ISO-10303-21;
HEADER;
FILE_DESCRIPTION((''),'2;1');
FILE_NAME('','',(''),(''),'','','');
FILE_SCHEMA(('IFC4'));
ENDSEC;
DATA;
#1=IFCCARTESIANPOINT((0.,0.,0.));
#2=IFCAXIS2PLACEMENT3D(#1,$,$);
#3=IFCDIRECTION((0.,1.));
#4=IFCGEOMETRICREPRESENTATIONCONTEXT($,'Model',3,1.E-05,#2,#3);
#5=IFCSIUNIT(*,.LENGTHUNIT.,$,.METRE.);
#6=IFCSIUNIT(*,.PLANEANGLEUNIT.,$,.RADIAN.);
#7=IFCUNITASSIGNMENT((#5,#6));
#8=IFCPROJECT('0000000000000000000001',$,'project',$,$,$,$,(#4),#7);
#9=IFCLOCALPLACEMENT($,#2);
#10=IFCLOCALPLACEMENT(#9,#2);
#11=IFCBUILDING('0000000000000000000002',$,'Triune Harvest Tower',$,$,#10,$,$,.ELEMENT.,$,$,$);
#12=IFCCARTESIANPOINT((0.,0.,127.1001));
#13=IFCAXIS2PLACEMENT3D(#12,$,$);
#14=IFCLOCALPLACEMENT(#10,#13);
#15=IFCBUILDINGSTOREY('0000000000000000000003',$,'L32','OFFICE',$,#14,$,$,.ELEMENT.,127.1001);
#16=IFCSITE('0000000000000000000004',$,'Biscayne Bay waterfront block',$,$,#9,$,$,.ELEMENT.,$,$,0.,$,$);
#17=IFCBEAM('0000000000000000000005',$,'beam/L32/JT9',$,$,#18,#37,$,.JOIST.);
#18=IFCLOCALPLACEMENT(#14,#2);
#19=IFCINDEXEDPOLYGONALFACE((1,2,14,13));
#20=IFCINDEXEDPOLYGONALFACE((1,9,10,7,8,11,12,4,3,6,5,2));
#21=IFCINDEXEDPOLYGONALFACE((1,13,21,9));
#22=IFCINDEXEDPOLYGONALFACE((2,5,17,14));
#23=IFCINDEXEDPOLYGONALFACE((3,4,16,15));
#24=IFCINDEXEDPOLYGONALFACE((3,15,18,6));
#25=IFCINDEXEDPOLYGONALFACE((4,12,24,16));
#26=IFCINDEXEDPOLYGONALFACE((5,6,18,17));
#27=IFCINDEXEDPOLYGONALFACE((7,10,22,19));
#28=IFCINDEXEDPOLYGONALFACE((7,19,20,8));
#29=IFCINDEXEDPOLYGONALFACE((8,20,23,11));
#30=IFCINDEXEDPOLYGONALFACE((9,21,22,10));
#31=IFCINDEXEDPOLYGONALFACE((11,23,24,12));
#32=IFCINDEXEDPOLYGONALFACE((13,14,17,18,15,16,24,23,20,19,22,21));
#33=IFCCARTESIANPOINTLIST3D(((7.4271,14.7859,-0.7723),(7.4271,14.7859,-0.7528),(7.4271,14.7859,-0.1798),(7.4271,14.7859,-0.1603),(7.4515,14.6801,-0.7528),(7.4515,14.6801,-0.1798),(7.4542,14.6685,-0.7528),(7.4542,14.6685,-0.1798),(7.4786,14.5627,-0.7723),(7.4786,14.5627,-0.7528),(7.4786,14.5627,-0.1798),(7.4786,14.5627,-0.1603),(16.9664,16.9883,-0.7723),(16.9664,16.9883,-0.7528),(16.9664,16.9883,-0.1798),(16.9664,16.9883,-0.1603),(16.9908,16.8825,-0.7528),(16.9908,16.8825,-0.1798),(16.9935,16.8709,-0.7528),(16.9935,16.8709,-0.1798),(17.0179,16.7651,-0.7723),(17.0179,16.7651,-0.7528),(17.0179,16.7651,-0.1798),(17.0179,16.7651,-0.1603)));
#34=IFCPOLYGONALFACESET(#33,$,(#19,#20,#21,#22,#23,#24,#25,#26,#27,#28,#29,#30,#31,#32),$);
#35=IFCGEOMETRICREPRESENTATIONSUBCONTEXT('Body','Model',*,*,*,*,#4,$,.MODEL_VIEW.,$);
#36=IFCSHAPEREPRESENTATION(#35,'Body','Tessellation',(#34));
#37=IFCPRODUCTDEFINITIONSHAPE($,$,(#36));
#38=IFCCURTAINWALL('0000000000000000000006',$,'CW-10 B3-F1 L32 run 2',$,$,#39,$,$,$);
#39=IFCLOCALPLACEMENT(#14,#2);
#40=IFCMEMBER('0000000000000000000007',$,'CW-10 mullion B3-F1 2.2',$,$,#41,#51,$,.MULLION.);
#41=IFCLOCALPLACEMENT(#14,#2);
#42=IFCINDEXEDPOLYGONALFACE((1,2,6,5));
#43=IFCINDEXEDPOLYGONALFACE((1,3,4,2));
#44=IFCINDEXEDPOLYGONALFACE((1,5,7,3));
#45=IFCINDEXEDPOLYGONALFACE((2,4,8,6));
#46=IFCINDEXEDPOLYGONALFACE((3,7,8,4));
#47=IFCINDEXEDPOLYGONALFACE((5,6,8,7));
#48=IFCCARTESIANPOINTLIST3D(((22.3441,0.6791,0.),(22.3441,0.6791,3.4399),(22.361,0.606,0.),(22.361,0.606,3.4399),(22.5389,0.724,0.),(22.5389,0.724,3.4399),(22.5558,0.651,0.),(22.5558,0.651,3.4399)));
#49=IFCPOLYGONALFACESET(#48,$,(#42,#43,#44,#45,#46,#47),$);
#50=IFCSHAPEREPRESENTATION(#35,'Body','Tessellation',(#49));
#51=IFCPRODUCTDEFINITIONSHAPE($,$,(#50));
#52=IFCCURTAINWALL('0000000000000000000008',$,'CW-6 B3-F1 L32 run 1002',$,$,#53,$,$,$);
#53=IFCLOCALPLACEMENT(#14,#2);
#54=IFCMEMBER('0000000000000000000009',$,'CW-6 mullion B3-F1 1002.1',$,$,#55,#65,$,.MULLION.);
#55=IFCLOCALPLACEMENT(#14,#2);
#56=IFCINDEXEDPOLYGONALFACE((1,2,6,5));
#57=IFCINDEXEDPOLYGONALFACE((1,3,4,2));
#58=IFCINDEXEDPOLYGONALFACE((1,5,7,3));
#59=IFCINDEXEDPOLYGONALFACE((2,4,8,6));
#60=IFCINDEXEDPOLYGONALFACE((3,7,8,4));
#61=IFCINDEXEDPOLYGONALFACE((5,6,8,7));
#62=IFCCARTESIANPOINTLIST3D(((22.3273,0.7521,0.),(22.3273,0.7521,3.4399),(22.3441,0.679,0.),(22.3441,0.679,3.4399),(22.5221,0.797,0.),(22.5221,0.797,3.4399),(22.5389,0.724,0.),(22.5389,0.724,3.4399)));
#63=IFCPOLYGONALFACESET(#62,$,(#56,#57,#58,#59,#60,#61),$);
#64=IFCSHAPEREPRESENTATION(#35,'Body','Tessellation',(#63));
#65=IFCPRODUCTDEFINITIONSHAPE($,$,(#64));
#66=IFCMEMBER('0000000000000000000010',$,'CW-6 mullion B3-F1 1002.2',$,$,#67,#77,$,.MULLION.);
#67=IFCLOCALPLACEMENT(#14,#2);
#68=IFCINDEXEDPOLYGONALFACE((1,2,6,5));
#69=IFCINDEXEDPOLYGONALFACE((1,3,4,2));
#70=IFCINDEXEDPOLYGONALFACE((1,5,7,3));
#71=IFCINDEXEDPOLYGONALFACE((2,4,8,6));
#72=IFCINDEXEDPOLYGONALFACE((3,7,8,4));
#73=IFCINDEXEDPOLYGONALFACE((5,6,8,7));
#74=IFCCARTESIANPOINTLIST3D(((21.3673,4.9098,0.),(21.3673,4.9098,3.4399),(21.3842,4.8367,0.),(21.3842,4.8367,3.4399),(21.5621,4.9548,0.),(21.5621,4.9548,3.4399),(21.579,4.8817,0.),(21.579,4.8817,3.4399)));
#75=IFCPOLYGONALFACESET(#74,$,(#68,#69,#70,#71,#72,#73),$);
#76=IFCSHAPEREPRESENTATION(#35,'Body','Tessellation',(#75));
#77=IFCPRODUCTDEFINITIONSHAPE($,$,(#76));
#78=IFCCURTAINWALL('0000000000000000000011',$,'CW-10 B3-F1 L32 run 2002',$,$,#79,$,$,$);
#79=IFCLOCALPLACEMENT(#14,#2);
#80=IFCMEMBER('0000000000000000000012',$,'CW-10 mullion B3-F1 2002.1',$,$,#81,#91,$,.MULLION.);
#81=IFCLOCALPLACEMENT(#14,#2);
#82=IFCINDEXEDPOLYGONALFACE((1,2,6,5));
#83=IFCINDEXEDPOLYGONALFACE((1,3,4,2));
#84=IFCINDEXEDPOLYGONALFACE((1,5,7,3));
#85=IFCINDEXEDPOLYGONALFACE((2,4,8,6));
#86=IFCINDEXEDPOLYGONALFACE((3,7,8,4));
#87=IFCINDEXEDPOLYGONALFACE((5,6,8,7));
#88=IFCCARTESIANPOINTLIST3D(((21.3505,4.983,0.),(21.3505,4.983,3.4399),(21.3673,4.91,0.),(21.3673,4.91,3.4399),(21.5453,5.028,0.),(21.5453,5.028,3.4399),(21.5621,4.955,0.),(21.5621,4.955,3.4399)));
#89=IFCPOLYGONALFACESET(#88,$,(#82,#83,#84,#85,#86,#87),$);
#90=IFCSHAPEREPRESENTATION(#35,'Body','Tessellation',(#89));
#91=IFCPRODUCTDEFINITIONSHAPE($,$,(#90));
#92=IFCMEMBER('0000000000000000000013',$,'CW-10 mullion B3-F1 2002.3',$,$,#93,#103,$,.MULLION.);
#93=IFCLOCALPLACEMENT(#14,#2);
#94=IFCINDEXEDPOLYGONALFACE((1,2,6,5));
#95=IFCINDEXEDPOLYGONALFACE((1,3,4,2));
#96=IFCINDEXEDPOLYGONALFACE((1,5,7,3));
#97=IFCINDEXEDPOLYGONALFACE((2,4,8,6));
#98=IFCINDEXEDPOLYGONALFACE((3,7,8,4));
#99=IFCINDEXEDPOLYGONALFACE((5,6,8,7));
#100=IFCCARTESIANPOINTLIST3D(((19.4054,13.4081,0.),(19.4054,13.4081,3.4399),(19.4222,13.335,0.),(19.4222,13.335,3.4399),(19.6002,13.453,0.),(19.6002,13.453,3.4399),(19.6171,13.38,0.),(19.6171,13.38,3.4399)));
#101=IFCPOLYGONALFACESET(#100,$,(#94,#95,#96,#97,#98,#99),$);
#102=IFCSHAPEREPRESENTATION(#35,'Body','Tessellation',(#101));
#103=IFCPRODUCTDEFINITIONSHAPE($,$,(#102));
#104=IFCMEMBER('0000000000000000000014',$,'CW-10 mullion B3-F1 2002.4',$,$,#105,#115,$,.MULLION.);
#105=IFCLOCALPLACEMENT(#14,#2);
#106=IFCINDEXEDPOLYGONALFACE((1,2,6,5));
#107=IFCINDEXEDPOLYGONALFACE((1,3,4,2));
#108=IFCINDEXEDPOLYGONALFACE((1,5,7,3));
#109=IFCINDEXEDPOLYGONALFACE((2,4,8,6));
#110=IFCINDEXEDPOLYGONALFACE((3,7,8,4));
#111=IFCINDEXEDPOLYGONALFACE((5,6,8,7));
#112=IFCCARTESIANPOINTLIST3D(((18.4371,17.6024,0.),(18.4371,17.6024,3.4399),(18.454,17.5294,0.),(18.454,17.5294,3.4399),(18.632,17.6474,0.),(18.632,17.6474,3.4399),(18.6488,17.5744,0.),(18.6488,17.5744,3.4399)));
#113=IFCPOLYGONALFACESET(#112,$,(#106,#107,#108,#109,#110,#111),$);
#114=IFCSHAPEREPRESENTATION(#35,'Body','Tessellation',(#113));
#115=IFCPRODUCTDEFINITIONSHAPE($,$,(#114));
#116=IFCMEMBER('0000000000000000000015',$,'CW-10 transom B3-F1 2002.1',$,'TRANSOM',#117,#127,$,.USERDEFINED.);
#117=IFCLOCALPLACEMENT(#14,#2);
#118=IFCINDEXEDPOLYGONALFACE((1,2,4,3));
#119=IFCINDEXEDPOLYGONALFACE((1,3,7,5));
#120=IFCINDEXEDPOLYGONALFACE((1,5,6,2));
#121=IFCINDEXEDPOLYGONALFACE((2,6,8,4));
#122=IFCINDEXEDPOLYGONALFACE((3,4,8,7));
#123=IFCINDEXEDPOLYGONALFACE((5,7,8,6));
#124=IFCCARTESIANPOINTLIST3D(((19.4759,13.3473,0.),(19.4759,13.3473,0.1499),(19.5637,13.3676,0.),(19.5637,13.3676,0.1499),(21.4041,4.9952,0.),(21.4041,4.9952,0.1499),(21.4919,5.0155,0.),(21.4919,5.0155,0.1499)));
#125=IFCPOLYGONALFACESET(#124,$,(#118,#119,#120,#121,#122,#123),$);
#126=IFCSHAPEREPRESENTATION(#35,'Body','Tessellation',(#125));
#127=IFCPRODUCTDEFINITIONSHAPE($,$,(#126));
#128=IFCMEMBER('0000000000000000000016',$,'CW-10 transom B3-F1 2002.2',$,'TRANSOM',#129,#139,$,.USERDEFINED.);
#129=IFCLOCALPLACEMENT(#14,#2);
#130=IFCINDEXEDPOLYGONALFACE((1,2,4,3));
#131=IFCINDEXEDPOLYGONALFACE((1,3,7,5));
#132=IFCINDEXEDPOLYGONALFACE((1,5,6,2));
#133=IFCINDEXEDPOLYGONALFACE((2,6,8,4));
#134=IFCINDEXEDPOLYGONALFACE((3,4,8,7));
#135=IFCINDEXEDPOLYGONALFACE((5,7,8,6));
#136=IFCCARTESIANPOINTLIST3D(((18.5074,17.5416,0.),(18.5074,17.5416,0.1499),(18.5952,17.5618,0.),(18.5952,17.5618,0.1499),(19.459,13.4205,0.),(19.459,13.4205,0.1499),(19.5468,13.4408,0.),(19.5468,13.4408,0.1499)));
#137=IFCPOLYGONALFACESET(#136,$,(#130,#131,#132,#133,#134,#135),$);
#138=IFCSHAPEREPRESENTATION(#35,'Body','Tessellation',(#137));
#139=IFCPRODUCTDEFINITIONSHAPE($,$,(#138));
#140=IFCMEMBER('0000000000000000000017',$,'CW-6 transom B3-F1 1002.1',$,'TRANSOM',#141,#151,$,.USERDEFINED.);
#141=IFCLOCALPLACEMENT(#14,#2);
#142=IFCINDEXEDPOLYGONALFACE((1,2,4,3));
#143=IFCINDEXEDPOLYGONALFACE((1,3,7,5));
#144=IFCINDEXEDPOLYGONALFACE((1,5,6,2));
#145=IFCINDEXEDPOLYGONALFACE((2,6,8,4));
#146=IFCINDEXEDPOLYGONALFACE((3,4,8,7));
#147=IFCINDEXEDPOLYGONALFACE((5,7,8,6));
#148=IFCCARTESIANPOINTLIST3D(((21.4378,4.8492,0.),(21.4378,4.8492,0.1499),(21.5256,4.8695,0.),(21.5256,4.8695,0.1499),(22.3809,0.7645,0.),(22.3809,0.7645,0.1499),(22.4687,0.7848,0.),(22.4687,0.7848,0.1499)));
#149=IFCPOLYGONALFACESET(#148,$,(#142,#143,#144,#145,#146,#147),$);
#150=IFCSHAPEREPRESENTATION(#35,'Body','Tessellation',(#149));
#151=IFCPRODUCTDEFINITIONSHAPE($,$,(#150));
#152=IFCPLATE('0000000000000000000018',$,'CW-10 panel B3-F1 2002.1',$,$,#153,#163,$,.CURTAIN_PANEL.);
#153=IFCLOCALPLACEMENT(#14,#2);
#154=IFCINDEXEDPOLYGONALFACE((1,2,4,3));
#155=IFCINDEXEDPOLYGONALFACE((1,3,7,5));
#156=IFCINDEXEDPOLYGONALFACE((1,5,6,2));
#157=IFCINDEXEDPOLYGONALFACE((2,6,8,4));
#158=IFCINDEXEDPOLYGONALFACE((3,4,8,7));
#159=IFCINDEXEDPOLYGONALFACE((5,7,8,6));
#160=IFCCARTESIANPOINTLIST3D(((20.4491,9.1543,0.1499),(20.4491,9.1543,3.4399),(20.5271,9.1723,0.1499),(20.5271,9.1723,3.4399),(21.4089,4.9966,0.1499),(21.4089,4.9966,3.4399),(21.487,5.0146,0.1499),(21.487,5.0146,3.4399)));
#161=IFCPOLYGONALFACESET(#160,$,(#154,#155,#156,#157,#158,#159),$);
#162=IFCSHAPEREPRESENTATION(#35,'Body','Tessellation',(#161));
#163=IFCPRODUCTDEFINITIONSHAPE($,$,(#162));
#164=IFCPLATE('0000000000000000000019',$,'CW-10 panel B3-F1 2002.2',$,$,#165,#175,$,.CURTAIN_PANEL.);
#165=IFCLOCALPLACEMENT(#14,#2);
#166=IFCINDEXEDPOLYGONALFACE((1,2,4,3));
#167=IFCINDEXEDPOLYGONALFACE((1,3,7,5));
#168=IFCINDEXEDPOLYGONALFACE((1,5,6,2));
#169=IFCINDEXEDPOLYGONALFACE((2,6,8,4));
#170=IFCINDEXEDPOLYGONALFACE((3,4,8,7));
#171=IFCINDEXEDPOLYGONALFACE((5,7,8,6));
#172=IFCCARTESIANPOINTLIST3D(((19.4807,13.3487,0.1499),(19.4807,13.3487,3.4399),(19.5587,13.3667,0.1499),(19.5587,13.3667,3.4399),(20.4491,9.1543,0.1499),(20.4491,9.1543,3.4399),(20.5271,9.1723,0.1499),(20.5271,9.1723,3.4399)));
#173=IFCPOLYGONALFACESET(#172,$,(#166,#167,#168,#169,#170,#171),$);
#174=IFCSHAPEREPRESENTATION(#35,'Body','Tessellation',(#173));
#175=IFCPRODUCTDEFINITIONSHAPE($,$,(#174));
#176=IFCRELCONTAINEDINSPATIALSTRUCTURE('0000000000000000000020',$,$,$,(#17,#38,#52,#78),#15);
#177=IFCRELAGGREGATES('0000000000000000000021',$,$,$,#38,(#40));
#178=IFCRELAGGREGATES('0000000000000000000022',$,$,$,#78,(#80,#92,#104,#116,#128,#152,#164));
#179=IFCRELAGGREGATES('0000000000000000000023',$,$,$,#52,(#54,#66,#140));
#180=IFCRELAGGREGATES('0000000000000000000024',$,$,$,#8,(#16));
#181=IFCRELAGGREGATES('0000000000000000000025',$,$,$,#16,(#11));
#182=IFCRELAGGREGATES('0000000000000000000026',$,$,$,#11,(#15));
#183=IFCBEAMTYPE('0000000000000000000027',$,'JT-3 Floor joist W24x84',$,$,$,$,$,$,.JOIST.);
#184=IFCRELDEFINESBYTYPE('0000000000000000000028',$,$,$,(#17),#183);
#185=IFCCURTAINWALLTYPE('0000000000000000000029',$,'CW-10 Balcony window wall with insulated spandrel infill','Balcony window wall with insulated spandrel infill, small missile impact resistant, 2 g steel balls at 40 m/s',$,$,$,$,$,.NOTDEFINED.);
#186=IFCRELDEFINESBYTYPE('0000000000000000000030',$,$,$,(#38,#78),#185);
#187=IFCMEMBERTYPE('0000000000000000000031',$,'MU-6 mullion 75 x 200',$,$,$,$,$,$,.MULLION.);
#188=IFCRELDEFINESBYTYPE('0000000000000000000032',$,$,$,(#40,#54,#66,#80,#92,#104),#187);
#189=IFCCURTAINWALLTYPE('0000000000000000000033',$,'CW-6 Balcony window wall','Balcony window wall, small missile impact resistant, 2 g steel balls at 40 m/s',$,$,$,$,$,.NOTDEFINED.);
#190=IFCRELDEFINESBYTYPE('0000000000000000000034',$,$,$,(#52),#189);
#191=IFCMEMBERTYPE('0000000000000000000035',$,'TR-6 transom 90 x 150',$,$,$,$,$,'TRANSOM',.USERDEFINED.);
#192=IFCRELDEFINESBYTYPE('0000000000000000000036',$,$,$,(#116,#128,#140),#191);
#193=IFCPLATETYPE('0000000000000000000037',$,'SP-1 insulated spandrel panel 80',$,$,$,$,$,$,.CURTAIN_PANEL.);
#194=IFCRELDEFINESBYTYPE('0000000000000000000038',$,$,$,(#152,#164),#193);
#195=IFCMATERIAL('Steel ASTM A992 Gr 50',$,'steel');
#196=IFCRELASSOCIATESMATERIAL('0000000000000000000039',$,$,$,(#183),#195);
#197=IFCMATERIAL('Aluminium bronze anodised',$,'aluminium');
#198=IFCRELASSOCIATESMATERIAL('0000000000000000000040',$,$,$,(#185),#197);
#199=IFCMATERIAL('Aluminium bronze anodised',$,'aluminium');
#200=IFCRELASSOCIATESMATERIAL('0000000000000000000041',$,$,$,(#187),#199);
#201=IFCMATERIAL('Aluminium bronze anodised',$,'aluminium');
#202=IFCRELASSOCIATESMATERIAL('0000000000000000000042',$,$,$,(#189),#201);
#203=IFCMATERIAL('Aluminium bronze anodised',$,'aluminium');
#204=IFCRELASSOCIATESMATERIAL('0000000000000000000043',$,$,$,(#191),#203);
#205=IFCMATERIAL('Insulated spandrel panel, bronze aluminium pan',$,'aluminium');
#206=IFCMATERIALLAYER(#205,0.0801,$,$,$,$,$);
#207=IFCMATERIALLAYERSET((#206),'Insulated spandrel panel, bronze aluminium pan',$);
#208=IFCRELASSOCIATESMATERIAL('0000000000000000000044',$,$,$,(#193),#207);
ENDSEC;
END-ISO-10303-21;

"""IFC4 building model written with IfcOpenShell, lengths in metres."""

from ifc_helpers import new_model, si_unit, direction, frame, origin, origin_2d, place, context, subcontext, project, spatial, rectangle, i_section, extrude, source, transform, mapped, material, layer, layer_set, material_profile, profile_set, type_object, element, aggregate, save


model = new_model("IFC4")

# Units and contexts
model_context = context("Model", 3, precision=1e-05, world=origin(), true_north=direction((0.0, 1.0)))
body_context = subcontext(model_context, "Body", "Model", "MODEL_VIEW")
ifc_project = project(units=[si_unit("LENGTHUNIT", "METRE"), si_unit("PLANEANGLEUNIT", "RADIAN")], contexts=[model_context])

# Site, building, storey
site_placement = place(None, origin())
site = spatial("IfcSite", under=ifc_project, at=site_placement, Name="Biscayne Bay waterfront block", CompositionType="ELEMENT", RefElevation=0.0)
building_placement = place(site_placement, origin())
building = spatial("IfcBuilding", under=site, at=building_placement, Name="Triune Harvest Tower", CompositionType="ELEMENT")
storey_placement = place(building_placement, frame((0.0, 0.0, 127.1001)))
storey = spatial("IfcBuildingStorey", under=building, at=storey_placement, Name="L32", Description="OFFICE", CompositionType="ELEMENT", Elevation=127.1001)

# Beam
ifc_material_1 = material(Name="Steel ASTM A992 Gr 50", Category="steel")
ifc_material_profile_1 = material_profile(ifc_material_1, i_section(OverallWidth=0.229, OverallDepth=0.6121, WebThickness=0.012, FlangeThickness=0.0195, at=origin_2d()), Name="W24x84")
ifc_profile_set_1 = profile_set([ifc_material_profile_1], Name="Steel ASTM A992 Gr 50")
beam_type_1 = type_object("IfcBeamType", Name="JT-3 Floor joist W24x84", PredefinedType="JOIST", material=ifc_profile_set_1)
shared_shape_1 = source(origin(), body_context, "Body", "SweptSolid", [
    extrude(i_section(OverallWidth=0.229, OverallDepth=0.6121, WebThickness=0.012, FlangeThickness=0.0195, at=origin_2d()), origin(), (0.0, 0.0, 1.0), 9.7903),
])
beam_1_placement = place(storey_placement, frame((16.9922, 16.8767, -0.4663), z_axis=(-0.974368, -0.224958, 0.0), x_axis=(0.224958, -0.974368, 0.0)))
element("IfcBeam", 1, at=beam_1_placement, inside=storey, type_object=beam_type_1, Name="beam/L32/JT9", PredefinedType="JOIST", context=body_context, shape_type="MappedRepresentation", body=[
    mapped(shared_shape_1, transform((0.0, 0.0, 0.0), scale=1.0)),
])

# Curtain wall, member
ifc_material_2 = material(Name="Aluminium bronze anodised", Category="aluminium")
curtain_wall_type_1 = type_object("IfcCurtainWallType", Name="CW-10 Balcony window wall with insulated spandrel infill", Description="Balcony window wall with insulated spandrel infill, small missile impact resistant, 2 g steel balls at 40 m/s", PredefinedType="NOTDEFINED", material=ifc_material_2)
curtain_wall_1_placement = place(storey_placement, origin())
curtain_wall_1 = element("IfcCurtainWall", 2, at=curtain_wall_1_placement, inside=storey, type_object=curtain_wall_type_1, Name="CW-10 B3-F1 L32 run 2")
ifc_material_3 = material(Name="Aluminium bronze anodised", Category="aluminium")
ifc_material_profile_2 = material_profile(ifc_material_3, rectangle(XDim=0.2, YDim=0.075, at=origin_2d()), Name="MU-6 mullion 75 x 200")
ifc_profile_set_2 = profile_set([ifc_material_profile_2], Name="Aluminium bronze anodised")
member_type_1 = type_object("IfcMemberType", Name="MU-6 mullion 75 x 200", PredefinedType="MULLION", material=ifc_profile_set_2)
shared_shape_2 = source(origin(), body_context, "Body", "SweptSolid", [
    extrude(rectangle(XDim=0.2, YDim=0.075, at=origin_2d()), origin(), (0.0, 0.0, 1.0), 3.4399),
])
member_1_placement = place(storey_placement, frame((22.45, 0.665, 0.0), z_axis=(0.0, 0.0, 1.0), x_axis=(-0.974371, -0.224946, 0.0)))
member_1 = element("IfcMember", 3, at=member_1_placement, type_object=member_type_1, Name="CW-10 mullion B3-F1 2.2", PredefinedType="MULLION", context=body_context, shape_type="MappedRepresentation", body=[
    mapped(shared_shape_2, transform((0.0, 0.0, 0.0), scale=1.0)),
])
aggregate(curtain_wall_1, [member_1])

# Curtain walls, members
ifc_material_4 = material(Name="Aluminium bronze anodised", Category="aluminium")
curtain_wall_type_2 = type_object("IfcCurtainWallType", Name="CW-6 Balcony window wall", Description="Balcony window wall, small missile impact resistant, 2 g steel balls at 40 m/s", PredefinedType="NOTDEFINED", material=ifc_material_4)
curtain_wall_2_placement = place(storey_placement, origin())
curtain_wall_2 = element("IfcCurtainWall", 4, at=curtain_wall_2_placement, inside=storey, type_object=curtain_wall_type_2, Name="CW-6 B3-F1 L32 run 1002")
member_2_placement = place(storey_placement, frame((22.4331, 0.738, 0.0), z_axis=(0.0, 0.0, 1.0), x_axis=(-0.974368, -0.22496, 0.0)))
member_2 = element("IfcMember", 5, at=member_2_placement, type_object=member_type_1, Name="CW-6 mullion B3-F1 1002.1", PredefinedType="MULLION", context=body_context, shape_type="MappedRepresentation", body=[
    mapped(shared_shape_2, transform((0.0, 0.0, 0.0), scale=1.0)),
])
member_3_placement = place(storey_placement, frame((21.4731, 4.8958, 0.0), z_axis=(0.0, 0.0, 1.0), x_axis=(-0.974368, -0.22496, 0.0)))
member_3 = element("IfcMember", 6, at=member_3_placement, type_object=member_type_1, Name="CW-6 mullion B3-F1 1002.2", PredefinedType="MULLION", context=body_context, shape_type="MappedRepresentation", body=[
    mapped(shared_shape_2, transform((0.0, 0.0, 0.0), scale=1.0)),
])
curtain_wall_3_placement = place(storey_placement, origin())
curtain_wall_3 = element("IfcCurtainWall", 7, at=curtain_wall_3_placement, inside=storey, type_object=curtain_wall_type_1, Name="CW-10 B3-F1 L32 run 2002")
member_4_placement = place(storey_placement, frame((21.4563, 4.969, 0.0), z_axis=(0.0, 0.0, 1.0), x_axis=(-0.97437, -0.224951, 0.0)))
member_4 = element("IfcMember", 8, at=member_4_placement, type_object=member_type_1, Name="CW-10 mullion B3-F1 2002.1", PredefinedType="MULLION", context=body_context, shape_type="MappedRepresentation", body=[
    mapped(shared_shape_2, transform((0.0, 0.0, 0.0), scale=1.0)),
])
member_5_placement = place(storey_placement, frame((19.5112, 13.394, 0.0), z_axis=(0.0, 0.0, 1.0), x_axis=(-0.97437, -0.224951, 0.0)))
member_5 = element("IfcMember", 9, at=member_5_placement, type_object=member_type_1, Name="CW-10 mullion B3-F1 2002.3", PredefinedType="MULLION", context=body_context, shape_type="MappedRepresentation", body=[
    mapped(shared_shape_2, transform((0.0, 0.0, 0.0), scale=1.0)),
])
member_6_placement = place(storey_placement, frame((18.543, 17.5884, 0.0), z_axis=(0.0, 0.0, 1.0), x_axis=(-0.97437, -0.224951, 0.0)))
member_6 = element("IfcMember", 10, at=member_6_placement, type_object=member_type_1, Name="CW-10 mullion B3-F1 2002.4", PredefinedType="MULLION", context=body_context, shape_type="MappedRepresentation", body=[
    mapped(shared_shape_2, transform((0.0, 0.0, 0.0), scale=1.0)),
])
ifc_material_5 = material(Name="Aluminium bronze anodised", Category="aluminium")
ifc_material_profile_3 = material_profile(ifc_material_5, rectangle(XDim=0.0901, YDim=0.1499, at=origin_2d()), Name="TR-6 transom 90 x 150")
ifc_profile_set_3 = profile_set([ifc_material_profile_3], Name="Aluminium bronze anodised")
member_type_2 = type_object("IfcMemberType", Name="TR-6 transom 90 x 150", ElementType="TRANSOM", PredefinedType="USERDEFINED", material=ifc_profile_set_3)
shared_shape_3 = source(origin(), body_context, "Body", "SweptSolid", [
    extrude(rectangle(XDim=0.0901, YDim=0.1499, at=origin_2d()), origin(), (0.0, 0.0, 1.0), 8.5718),
])
member_7_placement = place(storey_placement, frame((21.448, 5.0054, 0.075), z_axis=(-0.224951, 0.97437, 0.0), x_axis=(-0.97437, -0.224951, 0.0)))
member_7 = element("IfcMember", 11, at=member_7_placement, type_object=member_type_2, Name="CW-10 transom B3-F1 2002.1", ObjectType="TRANSOM", PredefinedType="USERDEFINED", context=body_context, shape_type="MappedRepresentation", body=[
    mapped(shared_shape_3, transform((0.0, 0.0, 0.0), scale=1.0)),
])
shared_shape_4 = source(origin(), body_context, "Body", "SweptSolid", [
    extrude(rectangle(XDim=0.0901, YDim=0.1499, at=origin_2d()), origin(), (0.0, 0.0, 1.0), 4.2295),
])
member_8_placement = place(storey_placement, frame((19.5029, 13.4307, 0.075), z_axis=(-0.225003, 0.974358, 0.0), x_axis=(-0.974358, -0.225003, 0.0)))
member_8 = element("IfcMember", 12, at=member_8_placement, type_object=member_type_2, Name="CW-10 transom B3-F1 2002.2", ObjectType="TRANSOM", PredefinedType="USERDEFINED", context=body_context, shape_type="MappedRepresentation", body=[
    mapped(shared_shape_4, transform((0.0, 0.0, 0.0), scale=1.0)),
])

# Member
shared_shape_5 = source(origin(), body_context, "Body", "SweptSolid", [
    extrude(rectangle(XDim=0.0901, YDim=0.1499, at=origin_2d()), origin(), (0.0, 0.0, 1.0), 4.1921),
])
member_9_placement = place(storey_placement, frame((22.4248, 0.7747, 0.075), z_axis=(-0.22497, 0.974366, 0.0), x_axis=(-0.974366, -0.22497, 0.0)))
member_9 = element("IfcMember", 13, at=member_9_placement, type_object=member_type_2, Name="CW-6 transom B3-F1 1002.1", ObjectType="TRANSOM", PredefinedType="USERDEFINED", context=body_context, shape_type="MappedRepresentation", body=[
    mapped(shared_shape_5, transform((0.0, 0.0, 0.0), scale=1.0)),
])

# Plates
ifc_material_6 = material(Name="Insulated spandrel panel, bronze aluminium pan", Category="aluminium")
ifc_layer_1 = layer(ifc_material_6, 0.0801)
ifc_layer_set_1 = layer_set([ifc_layer_1], Name="Insulated spandrel panel, bronze aluminium pan")
plate_type_1 = type_object("IfcPlateType", Name="SP-1 insulated spandrel panel 80", PredefinedType="CURTAIN_PANEL", material=ifc_layer_set_1)
shared_shape_6 = source(origin(), body_context, "Body", "SweptSolid", [
    extrude(rectangle(XDim=4.2671, YDim=0.0801, at=origin_2d()), origin(), (0.0, 0.0, 1.0), 3.29),
])
plate_1_placement = place(storey_placement, frame((20.968, 7.0845, 0.1499), z_axis=(0.0, 0.0, 1.0), x_axis=(-0.224951, 0.97437, 0.0)))
plate_1 = element("IfcPlate", 14, at=plate_1_placement, type_object=plate_type_1, Name="CW-10 panel B3-F1 2002.1", PredefinedType="CURTAIN_PANEL", context=body_context, shape_type="MappedRepresentation", body=[
    mapped(shared_shape_6, transform((0.0, 0.0, 0.0), scale=1.0)),
])
shared_shape_7 = source(origin(), body_context, "Body", "SweptSolid", [
    extrude(rectangle(XDim=4.3047, YDim=0.0801, at=origin_2d()), origin(), (0.0, 0.0, 1.0), 3.29),
])
plate_2_placement = place(storey_placement, frame((20.0039, 11.2605, 0.1499), z_axis=(0.0, 0.0, 1.0), x_axis=(-0.224951, 0.97437, 0.0)))
plate_2 = element("IfcPlate", 15, at=plate_2_placement, type_object=plate_type_1, Name="CW-10 panel B3-F1 2002.2", PredefinedType="CURTAIN_PANEL", context=body_context, shape_type="MappedRepresentation", body=[
    mapped(shared_shape_7, transform((0.0, 0.0, 0.0), scale=1.0)),
])
aggregate(curtain_wall_3, [member_4, member_5, member_6, member_7, member_8, plate_1, plate_2])
aggregate(curtain_wall_2, [member_2, member_3, member_9])

save(model, "model.ifc")
